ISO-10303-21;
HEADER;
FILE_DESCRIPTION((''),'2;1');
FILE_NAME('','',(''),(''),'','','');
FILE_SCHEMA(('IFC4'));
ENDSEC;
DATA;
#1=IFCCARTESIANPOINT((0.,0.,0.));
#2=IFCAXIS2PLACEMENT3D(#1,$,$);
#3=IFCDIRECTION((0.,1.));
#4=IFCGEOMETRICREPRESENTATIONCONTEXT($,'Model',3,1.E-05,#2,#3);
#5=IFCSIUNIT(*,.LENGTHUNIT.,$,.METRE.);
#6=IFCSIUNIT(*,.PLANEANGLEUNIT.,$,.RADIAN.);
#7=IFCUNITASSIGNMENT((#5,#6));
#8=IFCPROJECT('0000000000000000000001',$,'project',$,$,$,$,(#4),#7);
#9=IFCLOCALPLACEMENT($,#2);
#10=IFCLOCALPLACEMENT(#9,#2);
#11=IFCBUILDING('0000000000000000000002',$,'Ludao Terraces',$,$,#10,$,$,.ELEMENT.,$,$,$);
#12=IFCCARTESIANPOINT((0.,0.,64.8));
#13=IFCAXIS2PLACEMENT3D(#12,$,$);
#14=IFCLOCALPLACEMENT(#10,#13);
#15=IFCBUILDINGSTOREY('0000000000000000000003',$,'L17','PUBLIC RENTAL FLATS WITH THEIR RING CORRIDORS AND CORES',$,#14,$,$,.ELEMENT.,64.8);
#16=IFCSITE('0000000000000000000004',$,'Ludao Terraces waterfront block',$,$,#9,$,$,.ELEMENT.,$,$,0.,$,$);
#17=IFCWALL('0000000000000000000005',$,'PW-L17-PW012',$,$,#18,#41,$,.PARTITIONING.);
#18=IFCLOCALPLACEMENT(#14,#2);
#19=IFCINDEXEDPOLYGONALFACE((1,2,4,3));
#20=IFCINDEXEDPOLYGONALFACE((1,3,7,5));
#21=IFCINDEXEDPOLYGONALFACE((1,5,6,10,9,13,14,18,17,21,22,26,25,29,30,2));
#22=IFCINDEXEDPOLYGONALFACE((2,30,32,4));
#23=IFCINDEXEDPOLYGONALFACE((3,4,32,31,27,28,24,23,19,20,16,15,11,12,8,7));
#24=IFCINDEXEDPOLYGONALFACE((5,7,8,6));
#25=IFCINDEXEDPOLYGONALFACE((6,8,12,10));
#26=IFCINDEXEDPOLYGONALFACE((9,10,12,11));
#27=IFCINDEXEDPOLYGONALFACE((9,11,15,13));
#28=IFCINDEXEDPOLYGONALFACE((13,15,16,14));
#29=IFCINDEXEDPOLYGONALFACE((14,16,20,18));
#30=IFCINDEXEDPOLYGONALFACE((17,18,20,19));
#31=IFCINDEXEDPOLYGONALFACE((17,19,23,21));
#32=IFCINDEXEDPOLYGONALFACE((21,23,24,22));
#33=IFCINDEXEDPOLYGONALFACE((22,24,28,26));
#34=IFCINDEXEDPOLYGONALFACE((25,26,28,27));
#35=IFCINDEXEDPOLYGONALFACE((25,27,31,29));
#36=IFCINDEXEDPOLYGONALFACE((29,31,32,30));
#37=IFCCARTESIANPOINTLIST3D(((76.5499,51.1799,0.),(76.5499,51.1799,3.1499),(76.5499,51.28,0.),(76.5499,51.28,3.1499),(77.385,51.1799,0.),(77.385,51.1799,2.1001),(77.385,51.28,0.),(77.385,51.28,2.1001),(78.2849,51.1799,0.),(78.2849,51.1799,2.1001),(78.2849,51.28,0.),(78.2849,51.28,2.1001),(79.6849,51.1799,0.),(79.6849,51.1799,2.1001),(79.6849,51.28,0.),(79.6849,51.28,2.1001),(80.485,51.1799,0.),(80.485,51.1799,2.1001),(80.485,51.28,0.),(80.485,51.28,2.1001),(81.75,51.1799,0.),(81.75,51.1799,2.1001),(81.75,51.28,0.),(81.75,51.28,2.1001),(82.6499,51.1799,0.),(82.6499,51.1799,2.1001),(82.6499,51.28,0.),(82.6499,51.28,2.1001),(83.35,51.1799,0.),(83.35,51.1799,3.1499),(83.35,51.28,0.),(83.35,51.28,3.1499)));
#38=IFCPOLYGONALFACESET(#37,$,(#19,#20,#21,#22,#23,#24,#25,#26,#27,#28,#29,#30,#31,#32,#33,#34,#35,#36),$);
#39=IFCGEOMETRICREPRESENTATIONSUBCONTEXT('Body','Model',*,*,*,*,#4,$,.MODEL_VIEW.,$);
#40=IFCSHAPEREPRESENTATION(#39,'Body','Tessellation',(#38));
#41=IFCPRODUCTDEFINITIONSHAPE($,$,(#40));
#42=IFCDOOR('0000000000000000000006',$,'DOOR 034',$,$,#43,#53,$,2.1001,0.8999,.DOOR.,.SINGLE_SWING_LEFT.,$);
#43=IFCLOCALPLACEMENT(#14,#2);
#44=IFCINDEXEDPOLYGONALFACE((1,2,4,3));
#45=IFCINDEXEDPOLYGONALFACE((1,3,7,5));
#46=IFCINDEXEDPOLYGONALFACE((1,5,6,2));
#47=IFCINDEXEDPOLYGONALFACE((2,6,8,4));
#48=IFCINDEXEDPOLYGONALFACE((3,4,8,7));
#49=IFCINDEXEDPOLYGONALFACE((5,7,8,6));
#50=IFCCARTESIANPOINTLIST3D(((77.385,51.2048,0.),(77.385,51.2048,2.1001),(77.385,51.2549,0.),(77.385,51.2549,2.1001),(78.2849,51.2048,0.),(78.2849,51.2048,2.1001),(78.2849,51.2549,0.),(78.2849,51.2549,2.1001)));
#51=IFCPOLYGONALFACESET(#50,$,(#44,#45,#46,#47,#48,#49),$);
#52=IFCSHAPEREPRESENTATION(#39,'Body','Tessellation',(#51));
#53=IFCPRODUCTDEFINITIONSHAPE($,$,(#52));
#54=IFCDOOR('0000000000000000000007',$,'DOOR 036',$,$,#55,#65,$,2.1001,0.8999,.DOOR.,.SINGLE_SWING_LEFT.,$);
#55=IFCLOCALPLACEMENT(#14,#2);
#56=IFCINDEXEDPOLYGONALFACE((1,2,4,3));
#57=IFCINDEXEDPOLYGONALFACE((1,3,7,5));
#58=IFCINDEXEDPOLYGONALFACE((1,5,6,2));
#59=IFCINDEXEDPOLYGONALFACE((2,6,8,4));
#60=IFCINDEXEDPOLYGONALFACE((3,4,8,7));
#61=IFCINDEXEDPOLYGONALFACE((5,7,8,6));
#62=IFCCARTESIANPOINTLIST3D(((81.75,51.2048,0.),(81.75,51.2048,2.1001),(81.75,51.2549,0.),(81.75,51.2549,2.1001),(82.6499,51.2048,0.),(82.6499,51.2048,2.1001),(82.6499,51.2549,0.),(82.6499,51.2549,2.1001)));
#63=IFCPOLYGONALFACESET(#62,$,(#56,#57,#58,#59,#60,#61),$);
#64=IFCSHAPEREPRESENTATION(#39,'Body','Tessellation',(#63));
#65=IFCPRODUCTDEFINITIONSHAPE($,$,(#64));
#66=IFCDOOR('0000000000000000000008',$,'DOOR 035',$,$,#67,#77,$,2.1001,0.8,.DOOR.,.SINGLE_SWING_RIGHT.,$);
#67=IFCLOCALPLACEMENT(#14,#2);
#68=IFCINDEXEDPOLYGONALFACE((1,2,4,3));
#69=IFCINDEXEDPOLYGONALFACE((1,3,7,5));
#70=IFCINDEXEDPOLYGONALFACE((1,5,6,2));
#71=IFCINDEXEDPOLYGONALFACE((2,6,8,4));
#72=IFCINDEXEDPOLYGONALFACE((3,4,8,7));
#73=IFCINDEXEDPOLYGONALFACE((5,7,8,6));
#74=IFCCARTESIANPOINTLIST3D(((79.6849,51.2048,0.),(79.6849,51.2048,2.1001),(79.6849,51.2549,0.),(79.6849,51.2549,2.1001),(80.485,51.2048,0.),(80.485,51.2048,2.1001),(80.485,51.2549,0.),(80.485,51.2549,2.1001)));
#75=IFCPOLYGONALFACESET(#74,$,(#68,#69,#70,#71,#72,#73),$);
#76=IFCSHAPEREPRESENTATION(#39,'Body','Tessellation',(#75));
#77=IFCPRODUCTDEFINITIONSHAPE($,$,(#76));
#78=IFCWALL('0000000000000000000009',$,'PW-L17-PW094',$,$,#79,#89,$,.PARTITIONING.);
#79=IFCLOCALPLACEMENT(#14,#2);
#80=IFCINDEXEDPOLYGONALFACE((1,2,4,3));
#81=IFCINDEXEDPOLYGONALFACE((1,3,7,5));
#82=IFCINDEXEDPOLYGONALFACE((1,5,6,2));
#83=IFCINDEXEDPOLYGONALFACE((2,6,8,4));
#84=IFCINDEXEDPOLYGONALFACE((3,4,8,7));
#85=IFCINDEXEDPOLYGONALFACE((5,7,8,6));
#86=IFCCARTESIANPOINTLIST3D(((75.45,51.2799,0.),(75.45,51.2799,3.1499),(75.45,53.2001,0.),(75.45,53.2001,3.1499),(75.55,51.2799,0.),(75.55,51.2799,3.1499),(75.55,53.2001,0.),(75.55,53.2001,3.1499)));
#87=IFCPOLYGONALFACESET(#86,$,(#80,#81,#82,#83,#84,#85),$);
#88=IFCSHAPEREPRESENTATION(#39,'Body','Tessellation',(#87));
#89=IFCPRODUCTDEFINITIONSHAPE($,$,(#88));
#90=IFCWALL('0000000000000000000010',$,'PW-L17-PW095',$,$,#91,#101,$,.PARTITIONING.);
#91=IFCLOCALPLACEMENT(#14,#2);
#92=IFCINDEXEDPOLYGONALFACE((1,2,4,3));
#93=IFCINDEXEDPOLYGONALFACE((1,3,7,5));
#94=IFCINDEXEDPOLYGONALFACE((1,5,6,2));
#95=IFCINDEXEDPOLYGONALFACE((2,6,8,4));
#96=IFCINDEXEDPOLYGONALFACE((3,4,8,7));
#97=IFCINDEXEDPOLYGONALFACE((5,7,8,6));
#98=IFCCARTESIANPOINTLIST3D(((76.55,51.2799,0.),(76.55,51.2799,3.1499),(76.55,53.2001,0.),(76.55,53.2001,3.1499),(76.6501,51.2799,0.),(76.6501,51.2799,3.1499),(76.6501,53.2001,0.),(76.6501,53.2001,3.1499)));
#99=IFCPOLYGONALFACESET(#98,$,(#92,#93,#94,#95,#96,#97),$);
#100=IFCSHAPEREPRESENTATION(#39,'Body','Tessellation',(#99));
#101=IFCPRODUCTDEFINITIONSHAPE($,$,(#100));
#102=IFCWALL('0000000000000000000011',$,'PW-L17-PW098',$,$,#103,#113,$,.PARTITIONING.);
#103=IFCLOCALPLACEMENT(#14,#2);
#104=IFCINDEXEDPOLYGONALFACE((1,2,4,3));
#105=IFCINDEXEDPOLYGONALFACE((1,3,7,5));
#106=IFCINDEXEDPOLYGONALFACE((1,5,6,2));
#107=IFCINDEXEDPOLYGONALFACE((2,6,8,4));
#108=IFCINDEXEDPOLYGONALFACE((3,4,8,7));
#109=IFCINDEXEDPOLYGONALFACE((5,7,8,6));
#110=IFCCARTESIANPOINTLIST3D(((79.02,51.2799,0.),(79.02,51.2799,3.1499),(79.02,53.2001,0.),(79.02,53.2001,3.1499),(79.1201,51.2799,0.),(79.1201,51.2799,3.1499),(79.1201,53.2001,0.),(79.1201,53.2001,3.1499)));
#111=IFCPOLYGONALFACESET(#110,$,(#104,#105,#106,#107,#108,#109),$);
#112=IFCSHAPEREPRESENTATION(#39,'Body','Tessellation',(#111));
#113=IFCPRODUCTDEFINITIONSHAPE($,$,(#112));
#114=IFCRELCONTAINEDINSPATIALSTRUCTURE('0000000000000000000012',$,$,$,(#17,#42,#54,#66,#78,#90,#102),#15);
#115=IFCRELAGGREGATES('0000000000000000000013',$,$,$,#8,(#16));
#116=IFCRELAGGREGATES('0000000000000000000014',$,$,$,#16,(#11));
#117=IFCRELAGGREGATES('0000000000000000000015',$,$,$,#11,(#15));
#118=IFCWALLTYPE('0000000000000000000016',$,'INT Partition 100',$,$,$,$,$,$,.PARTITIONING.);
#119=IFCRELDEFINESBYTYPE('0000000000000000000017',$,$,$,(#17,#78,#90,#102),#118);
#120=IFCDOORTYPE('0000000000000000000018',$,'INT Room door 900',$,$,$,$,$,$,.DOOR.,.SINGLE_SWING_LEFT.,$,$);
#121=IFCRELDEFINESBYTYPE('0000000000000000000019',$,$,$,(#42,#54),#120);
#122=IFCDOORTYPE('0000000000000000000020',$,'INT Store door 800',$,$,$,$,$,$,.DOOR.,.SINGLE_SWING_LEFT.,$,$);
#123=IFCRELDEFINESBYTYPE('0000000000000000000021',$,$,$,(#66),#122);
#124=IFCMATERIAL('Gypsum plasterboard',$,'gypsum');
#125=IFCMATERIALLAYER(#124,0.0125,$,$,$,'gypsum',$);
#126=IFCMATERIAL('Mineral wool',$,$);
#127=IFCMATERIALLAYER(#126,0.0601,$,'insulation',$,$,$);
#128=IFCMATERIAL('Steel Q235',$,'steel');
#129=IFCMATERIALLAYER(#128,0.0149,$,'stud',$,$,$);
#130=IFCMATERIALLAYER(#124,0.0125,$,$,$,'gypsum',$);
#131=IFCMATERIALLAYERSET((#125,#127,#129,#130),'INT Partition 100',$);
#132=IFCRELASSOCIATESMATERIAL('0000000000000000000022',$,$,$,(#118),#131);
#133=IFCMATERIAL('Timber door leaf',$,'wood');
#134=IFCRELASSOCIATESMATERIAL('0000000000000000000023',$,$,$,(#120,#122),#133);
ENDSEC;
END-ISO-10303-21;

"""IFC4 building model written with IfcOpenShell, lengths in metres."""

from ifc_helpers import new_model, si_unit, direction, frame, frame_2d, origin, place, context, subcontext, project, spatial, rectangle, extrude, material, layer, layer_set, type_object, element, fill, save


model = new_model("IFC4")

# Units and contexts
model_context = context("Model", 3, precision=1e-05, world=origin(), true_north=direction((0.0, 1.0)))
body_context = subcontext(model_context, "Body", "Model", "MODEL_VIEW")
ifc_project = project(units=[si_unit("LENGTHUNIT", "METRE"), si_unit("PLANEANGLEUNIT", "RADIAN")], contexts=[model_context])

# Site, building, storey
site_placement = place(None, origin())
site = spatial("IfcSite", under=ifc_project, at=site_placement, Name="Ludao Terraces waterfront block", CompositionType="ELEMENT", RefElevation=0.0)
building_placement = place(site_placement, origin())
building = spatial("IfcBuilding", under=site, at=building_placement, Name="Ludao Terraces", CompositionType="ELEMENT")
storey_placement = place(building_placement, frame((0.0, 0.0, 64.8)))
storey = spatial("IfcBuildingStorey", under=building, at=storey_placement, Name="L17", Description="PUBLIC RENTAL FLATS WITH THEIR RING CORRIDORS AND CORES", CompositionType="ELEMENT", Elevation=64.8)

# Wall, openings, doors
ifc_material_1 = material(Name="Steel Q235", Category="steel")
ifc_material_2 = material(Name="Gypsum plasterboard", Category="gypsum")
ifc_layer_1 = layer(ifc_material_2, 0.0125, Category="gypsum")
ifc_material_3 = material(Name="Mineral wool")
ifc_layer_2 = layer(ifc_material_3, 0.0601, Name="insulation")
ifc_layer_3 = layer(ifc_material_1, 0.0149, Name="stud")
ifc_layer_4 = layer(ifc_material_2, 0.0125, Category="gypsum")
ifc_layer_set_1 = layer_set([ifc_layer_1, ifc_layer_2, ifc_layer_3, ifc_layer_4], Name="INT Partition 100")
wall_type_1 = type_object("IfcWallType", Name="INT Partition 100", PredefinedType="PARTITIONING", material=ifc_layer_set_1)
wall_1_placement = place(storey_placement, frame((76.55, 51.23, 0.0), z_axis=(0.0, 0.0, 1.0), x_axis=(1.0, 0.0, 0.0)))
wall_1 = element("IfcWall", 1, at=wall_1_placement, inside=storey, type_object=wall_type_1, Name="PW-L17-PW012", PredefinedType="PARTITIONING", context=body_context, shape_type="SweptSolid", body=[
    extrude(rectangle(XDim=6.8, YDim=0.1001, at=frame_2d((3.3999, 0.0))), origin(), (0.0, 0.0, 1.0), 3.1499),
])
opening_1_placement = place(wall_1_placement, frame((0.835, 0.0, 0.0)))
opening_1 = element("IfcOpeningElement", 2, at=opening_1_placement, cuts=wall_1, PredefinedType="OPENING", context=body_context, shape_type="SweptSolid", body=[
    extrude(rectangle(XDim=0.8999, YDim=2.1001, at=frame_2d((0.45, 1.05))), frame((0.0, 0.0601, 0.0), z_axis=(0.0, -1.0, 0.0), x_axis=(1.0, 0.0, 0.0)), (0.0, 0.0, 1.0), 0.1201),
])
opening_2_placement = place(wall_1_placement, frame((3.135, 0.0, 0.0)))
opening_2 = element("IfcOpeningElement", 3, at=opening_2_placement, cuts=wall_1, PredefinedType="OPENING", context=body_context, shape_type="SweptSolid", body=[
    extrude(rectangle(XDim=0.8, YDim=2.1001, at=frame_2d((0.3999, 1.05))), frame((0.0, 0.0601, 0.0), z_axis=(0.0, -1.0, 0.0), x_axis=(1.0, 0.0, 0.0)), (0.0, 0.0, 1.0), 0.1201),
])
opening_3_placement = place(wall_1_placement, frame((5.2, 0.0, 0.0)))
opening_3 = element("IfcOpeningElement", 4, at=opening_3_placement, cuts=wall_1, PredefinedType="OPENING", context=body_context, shape_type="SweptSolid", body=[
    extrude(rectangle(XDim=0.8999, YDim=2.1001, at=frame_2d((0.45, 1.05))), frame((0.0, 0.0601, 0.0), z_axis=(0.0, -1.0, 0.0), x_axis=(1.0, 0.0, 0.0)), (0.0, 0.0, 1.0), 0.1201),
])
ifc_material_4 = material(Name="Timber door leaf", Category="wood")
door_type_1 = type_object("IfcDoorType", Name="INT Room door 900", OperationType="SINGLE_SWING_LEFT", PredefinedType="DOOR", material=ifc_material_4)
door_1_placement = place(opening_1_placement, origin())
door_1 = element("IfcDoor", 5, at=door_1_placement, inside=storey, type_object=door_type_1, Name="DOOR 034", OperationType="SINGLE_SWING_LEFT", OverallHeight=2.1001, OverallWidth=0.8999, PredefinedType="DOOR", context=body_context, shape_type="SweptSolid", body=[
    extrude(rectangle(XDim=0.8999, YDim=2.1001, at=frame_2d((0.45, 1.05))), frame((0.0, 0.0249, 0.0), z_axis=(0.0, -1.0, 0.0), x_axis=(1.0, 0.0, 0.0)), (0.0, 0.0, 1.0), 0.05),
])
fill(opening_1, door_1)
door_2_placement = place(opening_3_placement, origin())
door_2 = element("IfcDoor", 6, at=door_2_placement, inside=storey, type_object=door_type_1, Name="DOOR 036", OperationType="SINGLE_SWING_LEFT", OverallHeight=2.1001, OverallWidth=0.8999, PredefinedType="DOOR", context=body_context, shape_type="SweptSolid", body=[
    extrude(rectangle(XDim=0.8999, YDim=2.1001, at=frame_2d((0.45, 1.05))), frame((0.0, 0.0249, 0.0), z_axis=(0.0, -1.0, 0.0), x_axis=(1.0, 0.0, 0.0)), (0.0, 0.0, 1.0), 0.05),
])
fill(opening_3, door_2)
door_type_2 = type_object("IfcDoorType", Name="INT Store door 800", OperationType="SINGLE_SWING_LEFT", PredefinedType="DOOR", material=ifc_material_4)
door_3_placement = place(opening_2_placement, origin())
door_3 = element("IfcDoor", 7, at=door_3_placement, inside=storey, type_object=door_type_2, Name="DOOR 035", OperationType="SINGLE_SWING_RIGHT", OverallHeight=2.1001, OverallWidth=0.8, PredefinedType="DOOR", context=body_context, shape_type="SweptSolid", body=[
    extrude(rectangle(XDim=0.8, YDim=2.1001, at=frame_2d((0.3999, 1.05))), frame((0.0, 0.0249, 0.0), z_axis=(0.0, -1.0, 0.0), x_axis=(1.0, 0.0, 0.0)), (0.0, 0.0, 1.0), 0.05),
])
fill(opening_2, door_3)

# Walls
for number, where, z_axis, x_axis, name in (
    (8, (75.5, 51.28, 0.0), (0.0, 0.0, 1.0), (0.0, 1.0, 0.0), "PW-L17-PW094"),
    (9, (76.6001, 51.28, 0.0), (0.0, 0.0, 1.0), (0.0, 1.0, 0.0), "PW-L17-PW095"),
    (10, (79.0701, 51.28, 0.0), (0.0, 0.0, 1.0), (0.0, 1.0, 0.0), "PW-L17-PW098"),
):
    element("IfcWall", number, at=place(storey_placement, frame(where, z_axis=z_axis, x_axis=x_axis)), inside=storey, type_object=wall_type_1, Name=name, PredefinedType="PARTITIONING", context=body_context, shape_type="SweptSolid", body=[
        extrude(rectangle(XDim=1.9202, YDim=0.1001, at=frame_2d((0.96, 0.0))), origin(), (0.0, 0.0, 1.0), 3.1499),
    ])

save(model, "model.ifc")
